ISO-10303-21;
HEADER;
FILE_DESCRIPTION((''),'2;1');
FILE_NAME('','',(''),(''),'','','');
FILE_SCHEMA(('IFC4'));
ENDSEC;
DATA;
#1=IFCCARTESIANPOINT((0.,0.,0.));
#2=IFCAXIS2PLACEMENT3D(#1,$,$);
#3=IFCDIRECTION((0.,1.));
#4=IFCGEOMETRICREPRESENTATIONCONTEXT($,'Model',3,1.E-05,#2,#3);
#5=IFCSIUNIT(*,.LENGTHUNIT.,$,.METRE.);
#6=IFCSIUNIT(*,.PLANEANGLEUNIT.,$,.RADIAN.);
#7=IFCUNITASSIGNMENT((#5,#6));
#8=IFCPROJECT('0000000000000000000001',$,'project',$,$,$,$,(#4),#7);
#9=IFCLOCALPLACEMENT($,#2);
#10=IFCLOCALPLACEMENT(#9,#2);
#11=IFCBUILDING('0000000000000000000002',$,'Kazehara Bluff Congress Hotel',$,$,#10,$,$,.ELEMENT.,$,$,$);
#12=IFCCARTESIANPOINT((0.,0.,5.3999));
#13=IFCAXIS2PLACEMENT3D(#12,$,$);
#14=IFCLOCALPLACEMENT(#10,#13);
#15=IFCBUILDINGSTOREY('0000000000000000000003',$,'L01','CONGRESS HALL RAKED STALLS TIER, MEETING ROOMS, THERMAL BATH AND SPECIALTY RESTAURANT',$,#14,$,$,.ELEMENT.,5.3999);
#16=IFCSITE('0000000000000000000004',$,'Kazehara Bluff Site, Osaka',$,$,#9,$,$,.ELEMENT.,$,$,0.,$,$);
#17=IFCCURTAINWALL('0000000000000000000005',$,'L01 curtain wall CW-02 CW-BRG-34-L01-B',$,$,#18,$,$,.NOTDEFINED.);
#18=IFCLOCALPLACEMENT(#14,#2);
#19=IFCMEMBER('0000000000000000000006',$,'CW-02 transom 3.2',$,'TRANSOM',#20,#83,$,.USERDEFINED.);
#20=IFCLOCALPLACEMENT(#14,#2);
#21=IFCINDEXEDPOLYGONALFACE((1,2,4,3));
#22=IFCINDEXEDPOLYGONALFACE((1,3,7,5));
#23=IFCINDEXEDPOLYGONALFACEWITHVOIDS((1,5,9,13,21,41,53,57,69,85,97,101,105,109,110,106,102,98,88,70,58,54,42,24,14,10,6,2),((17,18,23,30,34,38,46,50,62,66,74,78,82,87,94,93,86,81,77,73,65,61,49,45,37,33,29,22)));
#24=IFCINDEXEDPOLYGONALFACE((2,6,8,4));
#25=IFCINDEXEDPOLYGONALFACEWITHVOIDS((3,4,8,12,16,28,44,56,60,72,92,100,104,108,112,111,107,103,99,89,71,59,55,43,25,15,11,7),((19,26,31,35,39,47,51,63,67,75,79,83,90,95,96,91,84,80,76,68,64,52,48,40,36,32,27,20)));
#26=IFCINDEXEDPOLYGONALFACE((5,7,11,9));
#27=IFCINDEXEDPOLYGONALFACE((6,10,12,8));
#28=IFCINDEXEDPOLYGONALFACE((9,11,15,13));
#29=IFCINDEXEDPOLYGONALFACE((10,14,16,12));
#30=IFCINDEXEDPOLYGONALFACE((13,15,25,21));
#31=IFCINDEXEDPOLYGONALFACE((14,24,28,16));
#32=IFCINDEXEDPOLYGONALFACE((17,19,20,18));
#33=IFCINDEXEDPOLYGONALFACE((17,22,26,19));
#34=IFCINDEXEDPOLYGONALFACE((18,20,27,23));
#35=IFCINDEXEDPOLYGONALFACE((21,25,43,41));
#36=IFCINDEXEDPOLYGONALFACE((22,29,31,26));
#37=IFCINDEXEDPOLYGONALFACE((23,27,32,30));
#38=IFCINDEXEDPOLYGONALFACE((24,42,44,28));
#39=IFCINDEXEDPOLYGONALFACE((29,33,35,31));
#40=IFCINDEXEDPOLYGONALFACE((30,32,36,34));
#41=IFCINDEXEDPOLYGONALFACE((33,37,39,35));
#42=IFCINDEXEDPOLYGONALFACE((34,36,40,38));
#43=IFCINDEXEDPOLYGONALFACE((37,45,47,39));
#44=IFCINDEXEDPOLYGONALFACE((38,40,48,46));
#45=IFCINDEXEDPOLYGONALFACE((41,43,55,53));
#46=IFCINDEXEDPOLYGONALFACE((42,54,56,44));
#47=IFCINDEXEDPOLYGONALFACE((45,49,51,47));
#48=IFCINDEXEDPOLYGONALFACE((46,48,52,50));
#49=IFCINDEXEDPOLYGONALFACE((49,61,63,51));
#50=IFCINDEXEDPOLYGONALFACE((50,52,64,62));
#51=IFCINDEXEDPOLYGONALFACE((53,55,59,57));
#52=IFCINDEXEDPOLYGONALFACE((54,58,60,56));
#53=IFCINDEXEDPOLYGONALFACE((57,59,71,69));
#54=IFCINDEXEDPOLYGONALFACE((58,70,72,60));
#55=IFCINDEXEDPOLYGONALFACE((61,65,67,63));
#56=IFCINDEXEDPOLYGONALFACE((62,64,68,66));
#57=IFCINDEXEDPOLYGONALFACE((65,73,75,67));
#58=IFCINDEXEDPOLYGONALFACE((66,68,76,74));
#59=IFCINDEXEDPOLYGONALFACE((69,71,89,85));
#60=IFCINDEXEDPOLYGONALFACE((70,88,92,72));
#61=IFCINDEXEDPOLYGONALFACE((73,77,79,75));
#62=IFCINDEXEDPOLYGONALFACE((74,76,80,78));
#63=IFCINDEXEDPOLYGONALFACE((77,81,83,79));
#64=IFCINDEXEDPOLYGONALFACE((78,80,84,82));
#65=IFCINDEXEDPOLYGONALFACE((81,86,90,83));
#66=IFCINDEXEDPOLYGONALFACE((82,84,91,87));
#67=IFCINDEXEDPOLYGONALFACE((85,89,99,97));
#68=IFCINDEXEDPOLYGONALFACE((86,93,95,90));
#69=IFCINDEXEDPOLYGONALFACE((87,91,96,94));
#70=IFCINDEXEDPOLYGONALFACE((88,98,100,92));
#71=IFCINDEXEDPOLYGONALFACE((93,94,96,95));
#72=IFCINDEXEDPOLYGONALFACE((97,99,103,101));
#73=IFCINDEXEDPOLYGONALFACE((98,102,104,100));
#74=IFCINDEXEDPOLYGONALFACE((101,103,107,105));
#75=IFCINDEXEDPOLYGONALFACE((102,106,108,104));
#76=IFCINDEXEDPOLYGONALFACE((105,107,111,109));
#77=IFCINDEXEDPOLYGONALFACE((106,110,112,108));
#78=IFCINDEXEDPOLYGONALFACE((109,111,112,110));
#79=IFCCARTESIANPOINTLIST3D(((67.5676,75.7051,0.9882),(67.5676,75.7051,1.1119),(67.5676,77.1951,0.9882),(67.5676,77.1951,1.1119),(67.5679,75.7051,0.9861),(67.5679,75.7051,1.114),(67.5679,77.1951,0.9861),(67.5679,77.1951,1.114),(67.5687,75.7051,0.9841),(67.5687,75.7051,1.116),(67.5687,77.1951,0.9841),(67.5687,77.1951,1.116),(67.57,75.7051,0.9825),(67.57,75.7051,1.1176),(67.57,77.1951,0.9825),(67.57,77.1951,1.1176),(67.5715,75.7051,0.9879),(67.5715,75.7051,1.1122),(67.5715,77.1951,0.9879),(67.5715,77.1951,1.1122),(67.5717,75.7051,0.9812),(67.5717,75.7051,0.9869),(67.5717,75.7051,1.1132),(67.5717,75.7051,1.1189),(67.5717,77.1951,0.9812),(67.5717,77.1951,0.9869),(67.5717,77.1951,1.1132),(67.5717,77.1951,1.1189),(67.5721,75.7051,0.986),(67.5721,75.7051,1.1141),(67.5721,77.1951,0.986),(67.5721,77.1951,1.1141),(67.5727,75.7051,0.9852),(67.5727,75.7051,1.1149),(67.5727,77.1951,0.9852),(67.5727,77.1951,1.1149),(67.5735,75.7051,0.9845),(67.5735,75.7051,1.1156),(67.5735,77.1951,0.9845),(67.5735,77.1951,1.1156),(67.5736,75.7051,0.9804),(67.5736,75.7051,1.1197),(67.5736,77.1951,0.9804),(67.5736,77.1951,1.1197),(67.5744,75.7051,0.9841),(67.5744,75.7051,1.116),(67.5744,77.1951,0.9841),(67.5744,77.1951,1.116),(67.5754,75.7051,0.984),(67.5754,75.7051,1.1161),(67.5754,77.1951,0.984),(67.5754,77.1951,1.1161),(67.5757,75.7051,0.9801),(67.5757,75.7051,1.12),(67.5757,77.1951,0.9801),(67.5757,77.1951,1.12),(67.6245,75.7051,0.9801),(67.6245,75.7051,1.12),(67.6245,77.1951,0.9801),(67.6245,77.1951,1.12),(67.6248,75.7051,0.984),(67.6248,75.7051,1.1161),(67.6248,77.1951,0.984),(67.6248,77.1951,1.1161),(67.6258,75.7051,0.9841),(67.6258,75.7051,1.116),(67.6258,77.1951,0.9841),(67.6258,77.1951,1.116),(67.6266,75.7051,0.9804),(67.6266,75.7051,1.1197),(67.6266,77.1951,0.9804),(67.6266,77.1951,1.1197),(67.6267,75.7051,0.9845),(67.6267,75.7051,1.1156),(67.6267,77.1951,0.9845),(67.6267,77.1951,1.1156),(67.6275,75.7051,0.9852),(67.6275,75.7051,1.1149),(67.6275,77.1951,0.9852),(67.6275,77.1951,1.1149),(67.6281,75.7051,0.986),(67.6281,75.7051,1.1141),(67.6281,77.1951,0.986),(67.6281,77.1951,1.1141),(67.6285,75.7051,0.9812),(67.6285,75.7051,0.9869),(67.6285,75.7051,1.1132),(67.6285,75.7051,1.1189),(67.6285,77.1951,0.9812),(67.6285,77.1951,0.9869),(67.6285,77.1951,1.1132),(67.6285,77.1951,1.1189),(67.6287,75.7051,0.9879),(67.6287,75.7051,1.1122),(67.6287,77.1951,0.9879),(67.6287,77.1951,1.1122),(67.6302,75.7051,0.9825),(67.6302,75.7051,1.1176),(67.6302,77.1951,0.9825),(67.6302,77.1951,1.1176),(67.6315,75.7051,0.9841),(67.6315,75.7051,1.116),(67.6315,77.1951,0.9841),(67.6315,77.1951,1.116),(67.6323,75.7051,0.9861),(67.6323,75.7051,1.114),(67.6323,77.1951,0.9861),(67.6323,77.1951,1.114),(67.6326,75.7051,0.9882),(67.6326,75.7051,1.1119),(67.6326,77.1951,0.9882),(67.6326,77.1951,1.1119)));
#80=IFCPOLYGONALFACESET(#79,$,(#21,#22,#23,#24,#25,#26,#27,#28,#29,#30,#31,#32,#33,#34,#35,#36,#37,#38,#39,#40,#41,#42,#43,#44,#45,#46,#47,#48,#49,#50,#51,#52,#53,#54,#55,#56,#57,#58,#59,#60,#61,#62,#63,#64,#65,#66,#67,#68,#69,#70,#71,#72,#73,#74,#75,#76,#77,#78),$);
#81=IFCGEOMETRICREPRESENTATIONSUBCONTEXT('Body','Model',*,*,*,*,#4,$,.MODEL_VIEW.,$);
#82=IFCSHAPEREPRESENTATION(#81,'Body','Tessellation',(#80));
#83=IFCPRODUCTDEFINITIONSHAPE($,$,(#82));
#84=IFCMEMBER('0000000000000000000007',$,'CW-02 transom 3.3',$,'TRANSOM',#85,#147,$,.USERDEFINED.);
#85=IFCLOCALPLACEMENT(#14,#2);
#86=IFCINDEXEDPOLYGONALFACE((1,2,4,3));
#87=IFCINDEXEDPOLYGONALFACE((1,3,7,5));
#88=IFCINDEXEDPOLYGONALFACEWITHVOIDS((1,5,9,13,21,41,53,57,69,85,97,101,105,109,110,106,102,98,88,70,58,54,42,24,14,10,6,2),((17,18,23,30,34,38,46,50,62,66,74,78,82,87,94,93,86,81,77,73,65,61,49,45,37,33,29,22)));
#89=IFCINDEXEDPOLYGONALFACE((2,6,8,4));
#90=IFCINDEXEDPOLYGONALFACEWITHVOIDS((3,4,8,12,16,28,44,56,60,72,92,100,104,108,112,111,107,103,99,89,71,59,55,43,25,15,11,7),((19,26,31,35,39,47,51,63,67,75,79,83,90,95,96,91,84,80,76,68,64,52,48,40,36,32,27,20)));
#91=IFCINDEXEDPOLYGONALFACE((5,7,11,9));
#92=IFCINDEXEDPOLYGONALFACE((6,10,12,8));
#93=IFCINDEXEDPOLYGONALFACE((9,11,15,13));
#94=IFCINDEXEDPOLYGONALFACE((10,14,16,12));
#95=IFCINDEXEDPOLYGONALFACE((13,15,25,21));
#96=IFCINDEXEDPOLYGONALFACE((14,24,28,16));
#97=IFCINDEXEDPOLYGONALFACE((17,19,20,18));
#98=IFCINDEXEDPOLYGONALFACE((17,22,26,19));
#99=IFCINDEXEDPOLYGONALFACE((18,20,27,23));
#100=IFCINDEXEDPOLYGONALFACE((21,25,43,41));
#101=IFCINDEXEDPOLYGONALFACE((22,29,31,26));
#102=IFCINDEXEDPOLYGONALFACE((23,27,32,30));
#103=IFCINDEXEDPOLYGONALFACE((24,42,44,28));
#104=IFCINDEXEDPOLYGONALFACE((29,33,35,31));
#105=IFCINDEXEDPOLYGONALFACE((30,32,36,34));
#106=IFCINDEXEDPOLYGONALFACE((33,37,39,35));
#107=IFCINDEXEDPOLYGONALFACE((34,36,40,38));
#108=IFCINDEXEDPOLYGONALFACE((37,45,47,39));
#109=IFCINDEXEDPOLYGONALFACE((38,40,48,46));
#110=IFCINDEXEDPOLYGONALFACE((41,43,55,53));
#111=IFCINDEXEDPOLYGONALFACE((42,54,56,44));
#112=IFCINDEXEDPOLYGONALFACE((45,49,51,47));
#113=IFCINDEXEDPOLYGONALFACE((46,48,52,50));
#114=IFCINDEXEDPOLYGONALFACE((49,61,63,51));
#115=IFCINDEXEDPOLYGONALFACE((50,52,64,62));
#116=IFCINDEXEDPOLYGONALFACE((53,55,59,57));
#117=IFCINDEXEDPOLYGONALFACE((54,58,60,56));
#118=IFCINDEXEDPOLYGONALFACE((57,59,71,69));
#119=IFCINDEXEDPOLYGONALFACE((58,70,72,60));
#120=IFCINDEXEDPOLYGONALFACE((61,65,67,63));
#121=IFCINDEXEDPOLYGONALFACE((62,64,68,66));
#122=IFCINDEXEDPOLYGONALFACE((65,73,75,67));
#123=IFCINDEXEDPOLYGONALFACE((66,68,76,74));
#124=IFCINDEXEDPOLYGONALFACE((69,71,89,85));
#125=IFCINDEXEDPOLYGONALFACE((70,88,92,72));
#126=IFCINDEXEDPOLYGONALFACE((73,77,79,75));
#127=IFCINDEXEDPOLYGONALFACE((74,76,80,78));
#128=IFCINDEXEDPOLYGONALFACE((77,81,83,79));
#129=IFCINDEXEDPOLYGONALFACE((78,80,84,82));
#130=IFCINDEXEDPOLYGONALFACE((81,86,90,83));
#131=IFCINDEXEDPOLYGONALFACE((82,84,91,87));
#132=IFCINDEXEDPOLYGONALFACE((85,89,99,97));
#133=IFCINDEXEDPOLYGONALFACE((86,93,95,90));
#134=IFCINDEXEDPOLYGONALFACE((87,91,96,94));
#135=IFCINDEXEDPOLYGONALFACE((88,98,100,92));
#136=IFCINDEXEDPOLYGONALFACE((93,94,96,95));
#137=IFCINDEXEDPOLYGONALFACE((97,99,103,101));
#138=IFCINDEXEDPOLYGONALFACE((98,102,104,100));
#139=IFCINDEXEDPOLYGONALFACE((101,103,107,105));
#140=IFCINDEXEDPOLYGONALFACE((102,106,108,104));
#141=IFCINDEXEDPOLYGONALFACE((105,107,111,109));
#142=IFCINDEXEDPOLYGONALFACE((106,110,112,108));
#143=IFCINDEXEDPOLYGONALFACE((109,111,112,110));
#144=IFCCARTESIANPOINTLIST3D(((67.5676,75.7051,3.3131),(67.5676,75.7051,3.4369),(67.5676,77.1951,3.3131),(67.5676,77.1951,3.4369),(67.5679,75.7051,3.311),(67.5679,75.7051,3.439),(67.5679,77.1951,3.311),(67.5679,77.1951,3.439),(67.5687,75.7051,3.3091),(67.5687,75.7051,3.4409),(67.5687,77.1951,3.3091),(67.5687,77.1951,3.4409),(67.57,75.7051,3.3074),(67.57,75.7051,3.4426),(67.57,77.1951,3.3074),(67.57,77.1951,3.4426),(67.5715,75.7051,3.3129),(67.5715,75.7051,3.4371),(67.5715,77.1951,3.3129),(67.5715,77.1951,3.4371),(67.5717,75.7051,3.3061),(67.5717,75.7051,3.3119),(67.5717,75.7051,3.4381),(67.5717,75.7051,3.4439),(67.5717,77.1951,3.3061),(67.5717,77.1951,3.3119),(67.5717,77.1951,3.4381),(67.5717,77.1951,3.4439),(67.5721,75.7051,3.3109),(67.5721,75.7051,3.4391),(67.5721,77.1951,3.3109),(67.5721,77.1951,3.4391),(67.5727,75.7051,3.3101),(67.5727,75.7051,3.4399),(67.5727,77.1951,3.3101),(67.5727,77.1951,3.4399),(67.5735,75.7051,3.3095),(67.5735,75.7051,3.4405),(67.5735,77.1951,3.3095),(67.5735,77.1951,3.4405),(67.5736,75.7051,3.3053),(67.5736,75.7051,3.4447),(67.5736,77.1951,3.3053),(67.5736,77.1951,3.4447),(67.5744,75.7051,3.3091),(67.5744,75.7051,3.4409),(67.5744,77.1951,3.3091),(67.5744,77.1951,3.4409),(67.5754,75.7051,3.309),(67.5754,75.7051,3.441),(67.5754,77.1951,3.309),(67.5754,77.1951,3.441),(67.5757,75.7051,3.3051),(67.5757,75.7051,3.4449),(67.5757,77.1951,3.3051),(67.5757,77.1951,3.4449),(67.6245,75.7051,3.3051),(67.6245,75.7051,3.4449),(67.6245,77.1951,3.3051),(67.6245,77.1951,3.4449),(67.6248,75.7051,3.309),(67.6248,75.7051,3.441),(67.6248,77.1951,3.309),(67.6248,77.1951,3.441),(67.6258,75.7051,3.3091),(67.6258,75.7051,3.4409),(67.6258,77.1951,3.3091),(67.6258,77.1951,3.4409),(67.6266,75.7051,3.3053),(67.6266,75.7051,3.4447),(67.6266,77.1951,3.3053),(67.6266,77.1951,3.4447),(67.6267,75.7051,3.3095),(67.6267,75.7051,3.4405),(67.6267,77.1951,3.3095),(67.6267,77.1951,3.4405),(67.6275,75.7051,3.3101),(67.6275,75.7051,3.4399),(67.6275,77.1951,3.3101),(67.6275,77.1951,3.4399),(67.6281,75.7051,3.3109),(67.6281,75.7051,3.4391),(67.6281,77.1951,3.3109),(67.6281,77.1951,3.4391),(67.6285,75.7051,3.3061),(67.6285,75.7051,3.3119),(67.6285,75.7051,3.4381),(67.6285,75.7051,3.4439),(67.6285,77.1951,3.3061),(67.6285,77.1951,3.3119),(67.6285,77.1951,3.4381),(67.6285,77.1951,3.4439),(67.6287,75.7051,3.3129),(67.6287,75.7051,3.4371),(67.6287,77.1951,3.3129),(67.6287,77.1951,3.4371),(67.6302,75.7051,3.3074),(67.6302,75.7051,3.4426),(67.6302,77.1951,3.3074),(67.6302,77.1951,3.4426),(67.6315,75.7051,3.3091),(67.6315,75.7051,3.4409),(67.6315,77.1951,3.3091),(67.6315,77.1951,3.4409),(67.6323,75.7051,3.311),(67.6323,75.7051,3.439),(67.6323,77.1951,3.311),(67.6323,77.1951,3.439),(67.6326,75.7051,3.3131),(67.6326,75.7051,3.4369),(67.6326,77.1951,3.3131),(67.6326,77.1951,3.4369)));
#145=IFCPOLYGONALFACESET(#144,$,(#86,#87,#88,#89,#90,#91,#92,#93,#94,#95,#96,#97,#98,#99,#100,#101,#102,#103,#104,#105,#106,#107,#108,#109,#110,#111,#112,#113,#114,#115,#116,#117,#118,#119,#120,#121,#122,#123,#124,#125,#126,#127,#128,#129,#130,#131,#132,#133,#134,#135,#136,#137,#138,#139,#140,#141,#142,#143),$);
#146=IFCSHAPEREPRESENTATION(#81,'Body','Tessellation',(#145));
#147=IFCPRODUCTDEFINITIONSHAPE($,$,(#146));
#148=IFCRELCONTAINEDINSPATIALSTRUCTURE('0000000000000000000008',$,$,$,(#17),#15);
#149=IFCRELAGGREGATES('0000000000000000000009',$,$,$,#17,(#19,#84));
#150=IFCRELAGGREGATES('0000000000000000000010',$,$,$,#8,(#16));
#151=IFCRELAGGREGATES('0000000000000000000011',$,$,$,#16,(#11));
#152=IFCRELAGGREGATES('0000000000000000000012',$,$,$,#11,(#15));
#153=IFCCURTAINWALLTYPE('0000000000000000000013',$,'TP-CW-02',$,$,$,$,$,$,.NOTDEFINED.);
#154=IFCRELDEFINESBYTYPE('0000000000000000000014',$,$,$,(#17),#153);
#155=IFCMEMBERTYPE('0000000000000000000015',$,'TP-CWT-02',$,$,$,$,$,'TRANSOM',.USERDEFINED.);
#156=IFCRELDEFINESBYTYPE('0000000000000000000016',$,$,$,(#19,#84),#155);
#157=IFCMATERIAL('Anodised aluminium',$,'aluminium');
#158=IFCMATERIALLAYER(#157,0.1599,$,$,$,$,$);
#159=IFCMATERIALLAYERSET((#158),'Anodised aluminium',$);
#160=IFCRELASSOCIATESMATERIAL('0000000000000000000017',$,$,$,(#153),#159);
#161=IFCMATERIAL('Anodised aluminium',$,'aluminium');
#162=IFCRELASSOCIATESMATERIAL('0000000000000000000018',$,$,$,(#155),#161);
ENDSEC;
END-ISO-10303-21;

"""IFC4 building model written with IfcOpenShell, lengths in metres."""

from ifc_helpers import new_model, si_unit, direction, frame, origin, origin_2d, place, context, subcontext, project, spatial, hollow_rectangle, extrude, material, layer, layer_set, material_profile, profile_set, type_object, element, aggregate, save


model = new_model("IFC4")

# Units and contexts
model_context = context("Model", 3, precision=1e-05, world=origin(), true_north=direction((0.0, 1.0)))
body_context = subcontext(model_context, "Body", "Model", "MODEL_VIEW")
ifc_project = project(units=[si_unit("LENGTHUNIT", "METRE"), si_unit("PLANEANGLEUNIT", "RADIAN")], contexts=[model_context])

# Site, building, storey
site_placement = place(None, origin())
site = spatial("IfcSite", under=ifc_project, at=site_placement, Name="Kazehara Bluff Site, Osaka", CompositionType="ELEMENT", RefElevation=0.0)
building_placement = place(site_placement, origin())
building = spatial("IfcBuilding", under=site, at=building_placement, Name="Kazehara Bluff Congress Hotel", CompositionType="ELEMENT")
storey_placement = place(building_placement, frame((0.0, 0.0, 5.3999)))
storey = spatial("IfcBuildingStorey", under=building, at=storey_placement, Name="L01", Description="CONGRESS HALL RAKED STALLS TIER, MEETING ROOMS, THERMAL BATH AND SPECIALTY RESTAURANT", CompositionType="ELEMENT", Elevation=5.3999)

# Curtain wall
ifc_material_1 = material(Name="Anodised aluminium", Category="aluminium")
ifc_layer_1 = layer(ifc_material_1, 0.1599)
ifc_layer_set_1 = layer_set([ifc_layer_1], Name="Anodised aluminium")
curtain_wall_type = type_object("IfcCurtainWallType", Name="TP-CW-02", PredefinedType="NOTDEFINED", material=ifc_layer_set_1)
curtain_wall_1_placement = place(storey_placement, origin())
curtain_wall_1 = element("IfcCurtainWall", 1, at=curtain_wall_1_placement, inside=storey, type_object=curtain_wall_type, Name="L01 curtain wall CW-02 CW-BRG-34-L01-B", PredefinedType="NOTDEFINED")

# Shared definitions
ifc_material_2 = material(Name="Anodised aluminium", Category="aluminium")
ifc_material_profile_1 = material_profile(ifc_material_2, hollow_rectangle(XDim=0.0649, YDim=0.1399, WallThickness=0.0039, InnerFilletRadius=0.0039, OuterFilletRadius=0.0081, at=origin_2d()))
ifc_profile_set_1 = profile_set([ifc_material_profile_1], Name="Anodised aluminium")
member_type_1 = type_object("IfcMemberType", Name="TP-CWT-02", ElementType="TRANSOM", PredefinedType="USERDEFINED", material=ifc_profile_set_1)

# Members
member_1_placement = place(storey_placement, frame((67.6001, 75.7051, 1.05), z_axis=(0.0, 1.0, 0.0), x_axis=(-1.0, 0.0, 0.0)))
member_1 = element("IfcMember", 2, at=member_1_placement, type_object=member_type_1, Name="CW-02 transom 3.2", ObjectType="TRANSOM", PredefinedType="USERDEFINED", context=body_context, shape_type="SweptSolid", body=[
    extrude(hollow_rectangle(XDim=0.0649, YDim=0.1399, WallThickness=0.0039, InnerFilletRadius=0.0039, OuterFilletRadius=0.0081, at=origin_2d()), origin(), (0.0, 0.0, 1.0), 1.49),
])
member_2_placement = place(storey_placement, frame((67.6001, 75.7051, 3.375), z_axis=(0.0, 1.0, 0.0), x_axis=(-1.0, 0.0, 0.0)))
member_2 = element("IfcMember", 3, at=member_2_placement, type_object=member_type_1, Name="CW-02 transom 3.3", ObjectType="TRANSOM", PredefinedType="USERDEFINED", context=body_context, shape_type="SweptSolid", body=[
    extrude(hollow_rectangle(XDim=0.0649, YDim=0.1399, WallThickness=0.0039, InnerFilletRadius=0.0039, OuterFilletRadius=0.0081, at=origin_2d()), origin(), (0.0, 0.0, 1.0), 1.49),
])

aggregate(curtain_wall_1, [member_1, member_2])

save(model, "model.ifc")
